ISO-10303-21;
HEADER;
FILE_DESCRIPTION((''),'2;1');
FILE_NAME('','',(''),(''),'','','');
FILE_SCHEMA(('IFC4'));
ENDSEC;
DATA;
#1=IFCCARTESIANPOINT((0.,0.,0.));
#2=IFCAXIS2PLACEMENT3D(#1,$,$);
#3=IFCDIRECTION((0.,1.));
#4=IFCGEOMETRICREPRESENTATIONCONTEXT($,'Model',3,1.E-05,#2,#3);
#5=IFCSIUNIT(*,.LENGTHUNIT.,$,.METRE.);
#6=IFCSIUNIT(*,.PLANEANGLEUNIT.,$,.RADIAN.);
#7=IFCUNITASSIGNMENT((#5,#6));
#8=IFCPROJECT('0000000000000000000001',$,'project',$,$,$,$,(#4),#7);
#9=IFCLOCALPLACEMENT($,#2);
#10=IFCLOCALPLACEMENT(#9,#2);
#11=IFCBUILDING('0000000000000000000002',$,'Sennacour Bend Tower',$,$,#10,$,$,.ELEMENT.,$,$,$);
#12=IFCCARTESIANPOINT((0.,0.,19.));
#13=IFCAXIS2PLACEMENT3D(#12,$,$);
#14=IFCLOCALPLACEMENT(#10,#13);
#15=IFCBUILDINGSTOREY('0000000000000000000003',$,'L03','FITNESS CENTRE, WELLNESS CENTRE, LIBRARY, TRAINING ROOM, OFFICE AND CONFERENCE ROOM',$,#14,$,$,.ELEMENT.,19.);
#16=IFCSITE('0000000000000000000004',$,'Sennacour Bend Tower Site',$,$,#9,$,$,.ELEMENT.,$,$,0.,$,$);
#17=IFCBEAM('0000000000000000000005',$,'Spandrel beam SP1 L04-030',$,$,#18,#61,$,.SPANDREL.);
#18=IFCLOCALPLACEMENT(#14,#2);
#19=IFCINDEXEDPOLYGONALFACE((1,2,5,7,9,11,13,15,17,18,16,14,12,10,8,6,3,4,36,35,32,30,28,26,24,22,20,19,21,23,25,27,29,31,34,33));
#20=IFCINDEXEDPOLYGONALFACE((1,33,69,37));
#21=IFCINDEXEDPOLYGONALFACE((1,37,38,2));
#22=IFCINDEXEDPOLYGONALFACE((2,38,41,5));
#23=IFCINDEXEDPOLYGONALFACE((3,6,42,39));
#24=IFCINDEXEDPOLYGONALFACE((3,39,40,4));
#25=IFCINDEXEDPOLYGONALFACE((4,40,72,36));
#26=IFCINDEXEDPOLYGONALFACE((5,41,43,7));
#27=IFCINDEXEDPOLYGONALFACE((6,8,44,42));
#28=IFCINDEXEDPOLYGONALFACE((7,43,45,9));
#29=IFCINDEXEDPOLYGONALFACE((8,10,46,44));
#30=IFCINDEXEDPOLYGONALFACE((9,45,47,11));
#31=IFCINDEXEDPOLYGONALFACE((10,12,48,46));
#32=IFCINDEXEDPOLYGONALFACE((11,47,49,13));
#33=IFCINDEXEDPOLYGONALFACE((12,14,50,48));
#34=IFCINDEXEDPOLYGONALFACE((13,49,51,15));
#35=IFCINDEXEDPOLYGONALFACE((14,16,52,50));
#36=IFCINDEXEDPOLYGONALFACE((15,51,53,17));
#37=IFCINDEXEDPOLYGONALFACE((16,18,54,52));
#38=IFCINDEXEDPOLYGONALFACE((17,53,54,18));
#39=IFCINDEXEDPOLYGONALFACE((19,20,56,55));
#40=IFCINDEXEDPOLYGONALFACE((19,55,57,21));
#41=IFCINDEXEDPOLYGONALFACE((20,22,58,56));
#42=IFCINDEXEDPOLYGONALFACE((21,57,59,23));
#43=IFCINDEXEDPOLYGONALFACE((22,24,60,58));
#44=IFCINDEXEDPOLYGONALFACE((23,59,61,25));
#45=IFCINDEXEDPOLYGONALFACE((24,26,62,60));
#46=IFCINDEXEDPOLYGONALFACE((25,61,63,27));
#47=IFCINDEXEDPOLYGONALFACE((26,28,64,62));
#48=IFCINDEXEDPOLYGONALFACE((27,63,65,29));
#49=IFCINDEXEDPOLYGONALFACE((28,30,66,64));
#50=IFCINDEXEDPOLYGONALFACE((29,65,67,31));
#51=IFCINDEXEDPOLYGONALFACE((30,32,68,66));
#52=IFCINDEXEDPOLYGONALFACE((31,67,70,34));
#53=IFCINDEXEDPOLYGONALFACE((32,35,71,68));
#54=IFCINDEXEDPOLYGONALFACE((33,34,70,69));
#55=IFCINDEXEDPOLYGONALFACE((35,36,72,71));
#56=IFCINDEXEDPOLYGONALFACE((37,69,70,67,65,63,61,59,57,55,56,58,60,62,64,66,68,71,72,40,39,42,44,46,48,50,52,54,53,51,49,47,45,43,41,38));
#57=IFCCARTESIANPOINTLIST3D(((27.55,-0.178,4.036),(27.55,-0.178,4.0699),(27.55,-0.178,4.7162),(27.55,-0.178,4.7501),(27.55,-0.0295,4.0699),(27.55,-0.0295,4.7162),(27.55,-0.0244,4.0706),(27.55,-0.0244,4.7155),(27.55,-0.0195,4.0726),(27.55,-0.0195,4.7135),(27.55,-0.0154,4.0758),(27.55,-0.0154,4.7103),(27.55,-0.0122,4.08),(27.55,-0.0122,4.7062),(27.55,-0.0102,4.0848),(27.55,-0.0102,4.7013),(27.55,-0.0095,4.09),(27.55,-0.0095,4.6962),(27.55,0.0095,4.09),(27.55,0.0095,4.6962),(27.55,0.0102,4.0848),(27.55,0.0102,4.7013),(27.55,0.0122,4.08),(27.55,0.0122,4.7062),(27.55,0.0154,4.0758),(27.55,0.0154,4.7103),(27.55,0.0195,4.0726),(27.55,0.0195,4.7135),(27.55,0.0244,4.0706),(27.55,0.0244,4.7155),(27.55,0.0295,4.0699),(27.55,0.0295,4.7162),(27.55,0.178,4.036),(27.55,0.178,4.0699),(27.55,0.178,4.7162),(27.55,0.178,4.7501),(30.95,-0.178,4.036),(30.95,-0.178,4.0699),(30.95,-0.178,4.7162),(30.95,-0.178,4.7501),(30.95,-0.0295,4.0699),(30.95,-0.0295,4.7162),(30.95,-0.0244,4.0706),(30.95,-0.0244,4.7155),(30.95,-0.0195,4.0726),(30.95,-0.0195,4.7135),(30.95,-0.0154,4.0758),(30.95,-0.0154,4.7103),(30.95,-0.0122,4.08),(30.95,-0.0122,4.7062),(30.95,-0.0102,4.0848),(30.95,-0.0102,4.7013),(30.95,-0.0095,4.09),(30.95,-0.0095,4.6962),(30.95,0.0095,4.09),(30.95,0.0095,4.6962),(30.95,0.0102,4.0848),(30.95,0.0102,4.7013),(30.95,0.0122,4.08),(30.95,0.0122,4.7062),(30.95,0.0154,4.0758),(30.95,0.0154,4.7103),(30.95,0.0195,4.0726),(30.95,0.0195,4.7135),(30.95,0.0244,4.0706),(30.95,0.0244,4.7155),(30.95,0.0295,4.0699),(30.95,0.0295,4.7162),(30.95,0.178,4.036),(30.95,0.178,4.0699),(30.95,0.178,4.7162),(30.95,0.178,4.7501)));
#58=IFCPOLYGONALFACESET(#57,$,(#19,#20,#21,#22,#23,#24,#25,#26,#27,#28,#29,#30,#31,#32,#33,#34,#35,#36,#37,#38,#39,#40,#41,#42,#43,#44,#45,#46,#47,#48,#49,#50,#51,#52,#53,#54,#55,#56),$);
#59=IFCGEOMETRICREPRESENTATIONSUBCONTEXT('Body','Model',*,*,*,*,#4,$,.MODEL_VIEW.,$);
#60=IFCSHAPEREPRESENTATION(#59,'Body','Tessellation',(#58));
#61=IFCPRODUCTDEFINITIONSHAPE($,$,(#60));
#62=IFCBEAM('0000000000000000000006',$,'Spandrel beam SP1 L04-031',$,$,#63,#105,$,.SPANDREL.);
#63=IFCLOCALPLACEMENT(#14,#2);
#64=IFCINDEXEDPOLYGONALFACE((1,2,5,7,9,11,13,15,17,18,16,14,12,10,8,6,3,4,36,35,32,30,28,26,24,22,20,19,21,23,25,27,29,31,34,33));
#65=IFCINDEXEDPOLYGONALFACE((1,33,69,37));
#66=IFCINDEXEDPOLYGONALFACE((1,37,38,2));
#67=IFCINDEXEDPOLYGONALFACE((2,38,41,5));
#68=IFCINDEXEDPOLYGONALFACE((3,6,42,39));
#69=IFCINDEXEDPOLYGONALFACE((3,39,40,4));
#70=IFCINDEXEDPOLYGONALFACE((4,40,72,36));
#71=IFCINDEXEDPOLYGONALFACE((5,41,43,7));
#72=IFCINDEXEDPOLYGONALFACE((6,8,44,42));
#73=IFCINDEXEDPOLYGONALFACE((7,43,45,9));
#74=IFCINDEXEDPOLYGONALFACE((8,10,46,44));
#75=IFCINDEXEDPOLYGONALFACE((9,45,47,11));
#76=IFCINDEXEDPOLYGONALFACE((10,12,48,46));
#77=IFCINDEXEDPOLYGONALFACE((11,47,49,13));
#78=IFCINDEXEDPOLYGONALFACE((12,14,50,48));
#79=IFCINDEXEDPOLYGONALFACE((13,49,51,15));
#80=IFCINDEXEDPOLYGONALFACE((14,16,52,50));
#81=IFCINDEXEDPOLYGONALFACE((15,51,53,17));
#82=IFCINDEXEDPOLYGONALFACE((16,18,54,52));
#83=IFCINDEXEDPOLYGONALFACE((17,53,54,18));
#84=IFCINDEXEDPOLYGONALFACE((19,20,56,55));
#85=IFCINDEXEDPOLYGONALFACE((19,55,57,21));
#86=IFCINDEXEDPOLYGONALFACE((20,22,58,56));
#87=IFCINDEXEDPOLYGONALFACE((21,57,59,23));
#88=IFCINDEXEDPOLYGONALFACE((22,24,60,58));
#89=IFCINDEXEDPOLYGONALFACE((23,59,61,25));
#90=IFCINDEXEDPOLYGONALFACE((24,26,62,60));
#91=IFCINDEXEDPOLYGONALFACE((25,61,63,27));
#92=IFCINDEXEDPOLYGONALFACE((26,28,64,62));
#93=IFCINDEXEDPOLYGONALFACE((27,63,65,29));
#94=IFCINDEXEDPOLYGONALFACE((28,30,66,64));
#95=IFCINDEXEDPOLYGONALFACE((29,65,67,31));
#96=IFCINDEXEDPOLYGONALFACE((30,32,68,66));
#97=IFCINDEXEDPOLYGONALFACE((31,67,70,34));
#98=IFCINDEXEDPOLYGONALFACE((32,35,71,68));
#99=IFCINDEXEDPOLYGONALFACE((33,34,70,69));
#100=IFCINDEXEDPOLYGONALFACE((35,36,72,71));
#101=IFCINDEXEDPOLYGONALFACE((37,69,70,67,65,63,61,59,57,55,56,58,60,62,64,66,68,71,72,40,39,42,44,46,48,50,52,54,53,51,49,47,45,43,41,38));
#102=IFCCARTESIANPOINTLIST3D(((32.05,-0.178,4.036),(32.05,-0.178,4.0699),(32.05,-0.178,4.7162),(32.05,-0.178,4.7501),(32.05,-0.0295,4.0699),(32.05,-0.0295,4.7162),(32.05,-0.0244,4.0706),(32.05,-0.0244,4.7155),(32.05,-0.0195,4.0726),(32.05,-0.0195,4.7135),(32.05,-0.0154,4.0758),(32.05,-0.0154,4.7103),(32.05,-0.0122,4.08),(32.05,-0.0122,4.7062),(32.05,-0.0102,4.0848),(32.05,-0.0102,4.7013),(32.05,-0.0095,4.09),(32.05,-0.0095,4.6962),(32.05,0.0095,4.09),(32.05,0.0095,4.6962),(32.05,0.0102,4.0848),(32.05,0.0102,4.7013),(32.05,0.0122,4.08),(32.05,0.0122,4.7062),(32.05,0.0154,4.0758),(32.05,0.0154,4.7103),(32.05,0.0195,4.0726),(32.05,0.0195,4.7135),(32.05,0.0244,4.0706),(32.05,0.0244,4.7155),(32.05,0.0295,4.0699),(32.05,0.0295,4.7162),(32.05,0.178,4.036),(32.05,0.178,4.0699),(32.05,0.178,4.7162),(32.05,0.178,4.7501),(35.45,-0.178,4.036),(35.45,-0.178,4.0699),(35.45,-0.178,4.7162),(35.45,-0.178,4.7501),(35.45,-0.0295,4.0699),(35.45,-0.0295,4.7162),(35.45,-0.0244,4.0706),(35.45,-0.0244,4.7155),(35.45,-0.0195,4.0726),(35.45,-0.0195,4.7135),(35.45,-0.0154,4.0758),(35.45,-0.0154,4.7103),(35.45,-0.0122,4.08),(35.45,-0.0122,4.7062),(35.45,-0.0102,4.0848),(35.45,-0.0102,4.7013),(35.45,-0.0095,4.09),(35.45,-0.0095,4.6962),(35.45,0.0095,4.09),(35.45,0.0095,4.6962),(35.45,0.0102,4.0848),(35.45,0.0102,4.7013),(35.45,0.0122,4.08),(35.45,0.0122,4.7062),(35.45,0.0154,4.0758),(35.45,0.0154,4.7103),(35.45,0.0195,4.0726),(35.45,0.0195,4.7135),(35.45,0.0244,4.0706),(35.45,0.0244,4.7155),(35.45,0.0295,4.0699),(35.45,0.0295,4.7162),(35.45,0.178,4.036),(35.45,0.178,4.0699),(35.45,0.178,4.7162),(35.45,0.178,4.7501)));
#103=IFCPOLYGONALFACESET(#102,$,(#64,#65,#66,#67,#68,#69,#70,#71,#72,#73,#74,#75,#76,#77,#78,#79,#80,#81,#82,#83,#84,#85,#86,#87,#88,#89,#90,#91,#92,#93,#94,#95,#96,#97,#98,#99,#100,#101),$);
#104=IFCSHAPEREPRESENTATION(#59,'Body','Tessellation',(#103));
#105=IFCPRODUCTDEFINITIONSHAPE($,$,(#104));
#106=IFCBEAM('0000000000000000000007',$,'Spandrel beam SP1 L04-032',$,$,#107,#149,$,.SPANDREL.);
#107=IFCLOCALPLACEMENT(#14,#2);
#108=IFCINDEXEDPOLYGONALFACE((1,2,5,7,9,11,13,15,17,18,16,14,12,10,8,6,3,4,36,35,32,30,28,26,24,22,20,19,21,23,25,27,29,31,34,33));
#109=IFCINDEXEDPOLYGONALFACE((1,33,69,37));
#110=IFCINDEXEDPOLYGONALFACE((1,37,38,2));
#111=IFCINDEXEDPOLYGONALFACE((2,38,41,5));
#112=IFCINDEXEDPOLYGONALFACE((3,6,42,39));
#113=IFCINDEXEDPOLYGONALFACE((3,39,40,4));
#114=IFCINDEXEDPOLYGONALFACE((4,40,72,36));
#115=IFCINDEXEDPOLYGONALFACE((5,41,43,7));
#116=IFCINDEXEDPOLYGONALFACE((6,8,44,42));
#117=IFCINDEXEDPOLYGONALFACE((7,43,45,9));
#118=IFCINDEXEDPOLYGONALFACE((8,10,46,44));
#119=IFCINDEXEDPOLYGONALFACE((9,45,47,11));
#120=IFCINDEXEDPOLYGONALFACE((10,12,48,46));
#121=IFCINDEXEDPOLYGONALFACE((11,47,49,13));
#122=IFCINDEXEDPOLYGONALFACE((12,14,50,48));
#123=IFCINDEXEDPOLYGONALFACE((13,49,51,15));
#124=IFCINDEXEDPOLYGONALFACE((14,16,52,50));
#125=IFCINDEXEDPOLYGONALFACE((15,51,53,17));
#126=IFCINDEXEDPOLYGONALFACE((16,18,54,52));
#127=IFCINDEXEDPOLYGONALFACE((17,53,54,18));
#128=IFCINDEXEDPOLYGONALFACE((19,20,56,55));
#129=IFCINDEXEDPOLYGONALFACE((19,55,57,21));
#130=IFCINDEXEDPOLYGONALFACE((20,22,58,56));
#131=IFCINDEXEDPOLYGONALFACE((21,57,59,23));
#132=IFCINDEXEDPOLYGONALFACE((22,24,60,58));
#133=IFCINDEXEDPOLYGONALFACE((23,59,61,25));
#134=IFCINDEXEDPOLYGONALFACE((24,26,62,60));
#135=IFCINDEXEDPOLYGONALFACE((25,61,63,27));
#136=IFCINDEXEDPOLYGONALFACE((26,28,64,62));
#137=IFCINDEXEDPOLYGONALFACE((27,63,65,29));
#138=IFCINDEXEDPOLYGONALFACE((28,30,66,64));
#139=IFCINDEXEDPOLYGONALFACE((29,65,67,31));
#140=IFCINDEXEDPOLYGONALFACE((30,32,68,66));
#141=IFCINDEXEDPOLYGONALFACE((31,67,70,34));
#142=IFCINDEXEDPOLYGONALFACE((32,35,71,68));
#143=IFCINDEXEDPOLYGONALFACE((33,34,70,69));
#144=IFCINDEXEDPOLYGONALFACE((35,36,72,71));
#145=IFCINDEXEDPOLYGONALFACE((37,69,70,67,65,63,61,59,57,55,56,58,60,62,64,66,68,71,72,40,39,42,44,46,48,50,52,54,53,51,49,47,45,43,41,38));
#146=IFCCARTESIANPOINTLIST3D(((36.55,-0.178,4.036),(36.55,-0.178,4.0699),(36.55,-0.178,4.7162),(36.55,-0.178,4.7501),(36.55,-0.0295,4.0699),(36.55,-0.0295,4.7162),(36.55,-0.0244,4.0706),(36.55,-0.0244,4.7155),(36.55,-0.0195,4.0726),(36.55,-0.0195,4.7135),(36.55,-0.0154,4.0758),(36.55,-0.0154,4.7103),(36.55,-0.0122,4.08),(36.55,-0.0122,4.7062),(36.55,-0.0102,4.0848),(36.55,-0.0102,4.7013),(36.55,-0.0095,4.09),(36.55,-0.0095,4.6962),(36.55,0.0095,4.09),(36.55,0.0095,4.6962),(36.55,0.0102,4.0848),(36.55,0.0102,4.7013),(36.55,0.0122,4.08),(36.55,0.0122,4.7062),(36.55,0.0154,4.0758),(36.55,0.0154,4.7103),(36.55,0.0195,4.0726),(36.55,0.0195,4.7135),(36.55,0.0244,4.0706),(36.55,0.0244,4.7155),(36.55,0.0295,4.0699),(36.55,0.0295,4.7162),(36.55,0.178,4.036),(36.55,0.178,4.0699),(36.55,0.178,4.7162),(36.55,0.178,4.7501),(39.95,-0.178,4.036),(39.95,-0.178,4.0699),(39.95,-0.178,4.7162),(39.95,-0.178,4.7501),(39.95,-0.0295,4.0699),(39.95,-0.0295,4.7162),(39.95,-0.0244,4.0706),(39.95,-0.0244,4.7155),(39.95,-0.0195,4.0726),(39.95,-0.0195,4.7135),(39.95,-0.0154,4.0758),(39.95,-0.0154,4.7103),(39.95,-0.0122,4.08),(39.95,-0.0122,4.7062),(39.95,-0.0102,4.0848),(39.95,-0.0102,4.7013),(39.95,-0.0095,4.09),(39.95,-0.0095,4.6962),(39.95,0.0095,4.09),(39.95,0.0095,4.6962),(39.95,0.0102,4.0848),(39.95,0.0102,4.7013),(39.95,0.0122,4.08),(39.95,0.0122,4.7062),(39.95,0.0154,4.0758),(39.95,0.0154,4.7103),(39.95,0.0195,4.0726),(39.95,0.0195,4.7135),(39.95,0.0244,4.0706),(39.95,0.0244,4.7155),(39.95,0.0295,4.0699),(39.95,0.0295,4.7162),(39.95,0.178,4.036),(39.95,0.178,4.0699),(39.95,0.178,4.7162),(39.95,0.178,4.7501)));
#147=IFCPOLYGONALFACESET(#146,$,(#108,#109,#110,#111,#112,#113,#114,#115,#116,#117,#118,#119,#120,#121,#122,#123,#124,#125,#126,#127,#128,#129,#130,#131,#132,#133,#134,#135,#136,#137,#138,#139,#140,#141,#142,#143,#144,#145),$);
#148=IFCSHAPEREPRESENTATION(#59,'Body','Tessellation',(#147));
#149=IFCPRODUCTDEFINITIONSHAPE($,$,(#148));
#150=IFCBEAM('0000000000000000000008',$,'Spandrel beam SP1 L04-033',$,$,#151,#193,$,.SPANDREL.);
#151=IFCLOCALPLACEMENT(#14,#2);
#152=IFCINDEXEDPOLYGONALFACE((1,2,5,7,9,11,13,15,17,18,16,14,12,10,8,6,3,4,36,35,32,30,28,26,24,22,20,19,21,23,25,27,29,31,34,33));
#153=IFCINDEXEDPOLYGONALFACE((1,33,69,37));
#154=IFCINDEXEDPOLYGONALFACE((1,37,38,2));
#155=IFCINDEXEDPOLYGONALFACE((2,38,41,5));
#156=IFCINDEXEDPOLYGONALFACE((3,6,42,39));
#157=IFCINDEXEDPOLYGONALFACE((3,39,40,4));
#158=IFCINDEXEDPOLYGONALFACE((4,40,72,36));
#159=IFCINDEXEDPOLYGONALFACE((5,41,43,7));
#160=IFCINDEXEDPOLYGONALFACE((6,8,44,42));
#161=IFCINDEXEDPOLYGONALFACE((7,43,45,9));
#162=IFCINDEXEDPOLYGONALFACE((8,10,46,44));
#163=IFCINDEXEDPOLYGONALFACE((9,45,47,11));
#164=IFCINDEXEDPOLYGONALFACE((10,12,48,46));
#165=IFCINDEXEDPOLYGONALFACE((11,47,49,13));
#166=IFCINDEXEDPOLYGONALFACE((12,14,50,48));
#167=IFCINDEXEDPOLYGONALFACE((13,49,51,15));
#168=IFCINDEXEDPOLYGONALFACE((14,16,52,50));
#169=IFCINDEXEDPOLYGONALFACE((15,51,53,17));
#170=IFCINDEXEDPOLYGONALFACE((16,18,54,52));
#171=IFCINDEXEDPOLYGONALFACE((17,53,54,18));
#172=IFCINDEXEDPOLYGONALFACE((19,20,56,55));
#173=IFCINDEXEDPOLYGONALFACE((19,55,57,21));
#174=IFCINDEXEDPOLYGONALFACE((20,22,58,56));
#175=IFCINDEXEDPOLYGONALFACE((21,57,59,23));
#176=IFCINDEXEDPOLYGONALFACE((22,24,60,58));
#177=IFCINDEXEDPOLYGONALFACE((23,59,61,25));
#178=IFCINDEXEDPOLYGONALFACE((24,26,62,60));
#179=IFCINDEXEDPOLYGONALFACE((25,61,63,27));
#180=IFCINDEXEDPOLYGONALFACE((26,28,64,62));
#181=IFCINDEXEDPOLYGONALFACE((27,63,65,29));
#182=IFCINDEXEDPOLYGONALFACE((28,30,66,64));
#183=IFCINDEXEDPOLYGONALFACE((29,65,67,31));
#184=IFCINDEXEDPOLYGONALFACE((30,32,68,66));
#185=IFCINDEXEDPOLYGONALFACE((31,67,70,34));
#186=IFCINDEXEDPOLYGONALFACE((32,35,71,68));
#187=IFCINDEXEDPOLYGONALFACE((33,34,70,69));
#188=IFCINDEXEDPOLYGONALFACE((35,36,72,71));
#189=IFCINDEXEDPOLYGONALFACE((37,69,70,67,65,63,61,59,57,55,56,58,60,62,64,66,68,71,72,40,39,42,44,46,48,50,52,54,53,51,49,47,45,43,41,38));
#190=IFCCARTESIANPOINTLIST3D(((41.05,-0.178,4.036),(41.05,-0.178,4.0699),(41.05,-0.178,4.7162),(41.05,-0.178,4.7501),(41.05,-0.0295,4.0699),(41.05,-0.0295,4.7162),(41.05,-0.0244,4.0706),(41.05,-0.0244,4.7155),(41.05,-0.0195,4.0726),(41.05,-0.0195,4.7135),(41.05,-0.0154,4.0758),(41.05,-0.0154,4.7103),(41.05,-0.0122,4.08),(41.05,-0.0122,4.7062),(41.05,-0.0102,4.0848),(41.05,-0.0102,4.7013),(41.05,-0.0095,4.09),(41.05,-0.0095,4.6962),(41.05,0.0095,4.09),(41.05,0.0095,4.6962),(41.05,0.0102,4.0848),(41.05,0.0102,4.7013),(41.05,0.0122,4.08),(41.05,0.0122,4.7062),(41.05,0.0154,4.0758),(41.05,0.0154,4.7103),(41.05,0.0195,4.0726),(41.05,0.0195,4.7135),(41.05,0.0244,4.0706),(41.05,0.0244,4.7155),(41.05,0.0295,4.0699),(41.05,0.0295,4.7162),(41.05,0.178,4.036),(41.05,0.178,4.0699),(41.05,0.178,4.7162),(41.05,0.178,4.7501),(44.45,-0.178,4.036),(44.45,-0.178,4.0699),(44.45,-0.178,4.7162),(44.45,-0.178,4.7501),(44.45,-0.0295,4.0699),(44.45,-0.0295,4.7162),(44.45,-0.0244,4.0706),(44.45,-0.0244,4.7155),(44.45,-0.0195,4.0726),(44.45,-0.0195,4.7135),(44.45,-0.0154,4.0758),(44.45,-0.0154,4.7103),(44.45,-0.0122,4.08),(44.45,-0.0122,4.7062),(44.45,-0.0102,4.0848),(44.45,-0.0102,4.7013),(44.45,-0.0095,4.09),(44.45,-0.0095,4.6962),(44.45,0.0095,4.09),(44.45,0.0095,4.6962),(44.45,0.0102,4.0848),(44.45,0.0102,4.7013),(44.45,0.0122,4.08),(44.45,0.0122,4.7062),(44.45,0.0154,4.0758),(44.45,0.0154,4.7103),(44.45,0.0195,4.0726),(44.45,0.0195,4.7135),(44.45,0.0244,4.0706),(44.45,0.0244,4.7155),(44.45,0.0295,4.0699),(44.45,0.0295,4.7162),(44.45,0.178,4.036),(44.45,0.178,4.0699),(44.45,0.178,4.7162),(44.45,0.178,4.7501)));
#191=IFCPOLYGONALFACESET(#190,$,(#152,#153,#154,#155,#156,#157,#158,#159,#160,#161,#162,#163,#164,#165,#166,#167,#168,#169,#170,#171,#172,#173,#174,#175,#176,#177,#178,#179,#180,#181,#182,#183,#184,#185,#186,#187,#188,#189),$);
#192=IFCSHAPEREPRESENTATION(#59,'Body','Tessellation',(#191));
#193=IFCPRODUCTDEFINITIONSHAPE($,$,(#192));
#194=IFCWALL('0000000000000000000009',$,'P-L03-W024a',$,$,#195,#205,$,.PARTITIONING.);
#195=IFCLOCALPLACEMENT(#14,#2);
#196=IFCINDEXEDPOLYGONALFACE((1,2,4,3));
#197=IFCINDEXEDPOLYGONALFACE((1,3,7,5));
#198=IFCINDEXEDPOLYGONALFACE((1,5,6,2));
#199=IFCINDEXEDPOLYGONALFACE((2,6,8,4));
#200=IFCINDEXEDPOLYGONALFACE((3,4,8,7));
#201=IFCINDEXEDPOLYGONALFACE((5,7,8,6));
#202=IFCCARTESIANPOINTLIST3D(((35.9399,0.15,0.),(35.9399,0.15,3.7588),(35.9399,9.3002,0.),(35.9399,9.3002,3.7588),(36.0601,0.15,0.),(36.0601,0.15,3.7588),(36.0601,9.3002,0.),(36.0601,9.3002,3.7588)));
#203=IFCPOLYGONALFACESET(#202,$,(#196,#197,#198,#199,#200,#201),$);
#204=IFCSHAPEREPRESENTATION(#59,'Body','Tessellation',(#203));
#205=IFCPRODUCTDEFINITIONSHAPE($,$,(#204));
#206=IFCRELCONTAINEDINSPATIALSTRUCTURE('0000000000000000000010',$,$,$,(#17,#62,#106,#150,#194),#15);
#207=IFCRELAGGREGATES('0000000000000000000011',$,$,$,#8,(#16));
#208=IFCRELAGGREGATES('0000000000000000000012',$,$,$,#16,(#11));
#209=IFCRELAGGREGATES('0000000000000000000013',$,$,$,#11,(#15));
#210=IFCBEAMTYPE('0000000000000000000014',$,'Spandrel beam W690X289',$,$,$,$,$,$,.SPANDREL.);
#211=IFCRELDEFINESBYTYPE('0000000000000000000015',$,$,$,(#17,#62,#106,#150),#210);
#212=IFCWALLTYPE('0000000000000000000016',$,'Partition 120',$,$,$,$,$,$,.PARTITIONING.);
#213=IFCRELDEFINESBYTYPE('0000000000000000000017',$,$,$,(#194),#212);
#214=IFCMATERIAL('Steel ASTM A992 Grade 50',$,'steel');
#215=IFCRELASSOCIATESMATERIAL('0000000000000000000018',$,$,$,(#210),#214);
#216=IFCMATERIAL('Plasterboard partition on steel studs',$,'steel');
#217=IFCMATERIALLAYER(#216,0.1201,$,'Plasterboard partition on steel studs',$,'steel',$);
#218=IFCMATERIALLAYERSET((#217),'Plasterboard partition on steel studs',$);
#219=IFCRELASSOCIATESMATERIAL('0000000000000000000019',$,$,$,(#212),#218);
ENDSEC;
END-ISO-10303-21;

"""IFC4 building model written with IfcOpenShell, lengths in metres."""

from ifc_helpers import new_model, si_unit, direction, frame, frame_2d, origin, origin_2d, place, context, subcontext, project, spatial, rectangle, i_section, extrude, material, layer, layer_set, material_profile, profile_set, type_object, element, save


model = new_model("IFC4")

# Units and contexts
model_context = context("Model", 3, precision=1e-05, world=origin(), true_north=direction((0.0, 1.0)))
body_context = subcontext(model_context, "Body", "Model", "MODEL_VIEW")
ifc_project = project(units=[si_unit("LENGTHUNIT", "METRE"), si_unit("PLANEANGLEUNIT", "RADIAN")], contexts=[model_context])

# Site, building, storey
site_placement = place(None, origin())
site = spatial("IfcSite", under=ifc_project, at=site_placement, Name="Sennacour Bend Tower Site", CompositionType="ELEMENT", RefElevation=0.0)
building_placement = place(site_placement, origin())
building = spatial("IfcBuilding", under=site, at=building_placement, Name="Sennacour Bend Tower", CompositionType="ELEMENT")
storey_placement = place(building_placement, frame((0.0, 0.0, 19.0)))
storey = spatial("IfcBuildingStorey", under=building, at=storey_placement, Name="L03", Description="FITNESS CENTRE, WELLNESS CENTRE, LIBRARY, TRAINING ROOM, OFFICE AND CONFERENCE ROOM", CompositionType="ELEMENT", Elevation=19.0)

# Beams
ifc_material_1 = material(Name="Steel ASTM A992 Grade 50", Category="steel")
ifc_material_profile_1 = material_profile(ifc_material_1, i_section(OverallWidth=0.356, OverallDepth=0.7141, WebThickness=0.019, FlangeThickness=0.0339, FilletRadius=0.02, at=origin_2d()), Name="Steel ASTM A992 Grade 50", Category="steel")
ifc_profile_set_1 = profile_set([ifc_material_profile_1], Name="Steel ASTM A992 Grade 50")
beam_type_1 = type_object("IfcBeamType", Name="Spandrel beam W690X289", PredefinedType="SPANDREL", material=ifc_profile_set_1)
for number, where, z_axis, x_axis, name in (
    (1, (27.55, 0.0, 4.3931), (1.0, 0.0, 0.0), (0.0, 1.0, 0.0), "Spandrel beam SP1 L04-030"),
    (2, (32.05, 0.0, 4.3931), (1.0, 0.0, 0.0), (0.0, 1.0, 0.0), "Spandrel beam SP1 L04-031"),
    (3, (36.55, 0.0, 4.3931), (1.0, 0.0, 0.0), (0.0, 1.0, 0.0), "Spandrel beam SP1 L04-032"),
    (4, (41.05, 0.0, 4.3931), (1.0, 0.0, 0.0), (0.0, 1.0, 0.0), "Spandrel beam SP1 L04-033"),
):
    element("IfcBeam", number, at=place(storey_placement, frame(where, z_axis=z_axis, x_axis=x_axis)), inside=storey, type_object=beam_type_1, Name=name, PredefinedType="SPANDREL", context=body_context, shape_type="SweptSolid", body=[
        extrude(i_section(OverallWidth=0.356, OverallDepth=0.7141, WebThickness=0.019, FlangeThickness=0.0339, FilletRadius=0.02, at=origin_2d()), origin(), (0.0, 0.0, 1.0), 3.3999),
    ])

# Wall
ifc_material_2 = material(Name="Plasterboard partition on steel studs", Category="steel")
ifc_layer_1 = layer(ifc_material_2, 0.1201, Name="Plasterboard partition on steel studs", Category="steel")
ifc_layer_set_1 = layer_set([ifc_layer_1], Name="Plasterboard partition on steel studs")
wall_type_1 = type_object("IfcWallType", Name="Partition 120", PredefinedType="PARTITIONING", material=ifc_layer_set_1)
wall_1_placement = place(storey_placement, frame((36.0, 0.1499, 0.0), z_axis=(0.0, 0.0, 1.0), x_axis=(0.0, 1.0, 0.0)))
element("IfcWall", 5, at=wall_1_placement, inside=storey, type_object=wall_type_1, Name="P-L03-W024a", PredefinedType="PARTITIONING", context=body_context, shape_type="SweptSolid", body=[
    extrude(rectangle(XDim=9.1501, YDim=0.1201, at=frame_2d((4.5752, 0.0))), origin(), (0.0, 0.0, 1.0), 3.7588),
])

save(model, "model.ifc")
